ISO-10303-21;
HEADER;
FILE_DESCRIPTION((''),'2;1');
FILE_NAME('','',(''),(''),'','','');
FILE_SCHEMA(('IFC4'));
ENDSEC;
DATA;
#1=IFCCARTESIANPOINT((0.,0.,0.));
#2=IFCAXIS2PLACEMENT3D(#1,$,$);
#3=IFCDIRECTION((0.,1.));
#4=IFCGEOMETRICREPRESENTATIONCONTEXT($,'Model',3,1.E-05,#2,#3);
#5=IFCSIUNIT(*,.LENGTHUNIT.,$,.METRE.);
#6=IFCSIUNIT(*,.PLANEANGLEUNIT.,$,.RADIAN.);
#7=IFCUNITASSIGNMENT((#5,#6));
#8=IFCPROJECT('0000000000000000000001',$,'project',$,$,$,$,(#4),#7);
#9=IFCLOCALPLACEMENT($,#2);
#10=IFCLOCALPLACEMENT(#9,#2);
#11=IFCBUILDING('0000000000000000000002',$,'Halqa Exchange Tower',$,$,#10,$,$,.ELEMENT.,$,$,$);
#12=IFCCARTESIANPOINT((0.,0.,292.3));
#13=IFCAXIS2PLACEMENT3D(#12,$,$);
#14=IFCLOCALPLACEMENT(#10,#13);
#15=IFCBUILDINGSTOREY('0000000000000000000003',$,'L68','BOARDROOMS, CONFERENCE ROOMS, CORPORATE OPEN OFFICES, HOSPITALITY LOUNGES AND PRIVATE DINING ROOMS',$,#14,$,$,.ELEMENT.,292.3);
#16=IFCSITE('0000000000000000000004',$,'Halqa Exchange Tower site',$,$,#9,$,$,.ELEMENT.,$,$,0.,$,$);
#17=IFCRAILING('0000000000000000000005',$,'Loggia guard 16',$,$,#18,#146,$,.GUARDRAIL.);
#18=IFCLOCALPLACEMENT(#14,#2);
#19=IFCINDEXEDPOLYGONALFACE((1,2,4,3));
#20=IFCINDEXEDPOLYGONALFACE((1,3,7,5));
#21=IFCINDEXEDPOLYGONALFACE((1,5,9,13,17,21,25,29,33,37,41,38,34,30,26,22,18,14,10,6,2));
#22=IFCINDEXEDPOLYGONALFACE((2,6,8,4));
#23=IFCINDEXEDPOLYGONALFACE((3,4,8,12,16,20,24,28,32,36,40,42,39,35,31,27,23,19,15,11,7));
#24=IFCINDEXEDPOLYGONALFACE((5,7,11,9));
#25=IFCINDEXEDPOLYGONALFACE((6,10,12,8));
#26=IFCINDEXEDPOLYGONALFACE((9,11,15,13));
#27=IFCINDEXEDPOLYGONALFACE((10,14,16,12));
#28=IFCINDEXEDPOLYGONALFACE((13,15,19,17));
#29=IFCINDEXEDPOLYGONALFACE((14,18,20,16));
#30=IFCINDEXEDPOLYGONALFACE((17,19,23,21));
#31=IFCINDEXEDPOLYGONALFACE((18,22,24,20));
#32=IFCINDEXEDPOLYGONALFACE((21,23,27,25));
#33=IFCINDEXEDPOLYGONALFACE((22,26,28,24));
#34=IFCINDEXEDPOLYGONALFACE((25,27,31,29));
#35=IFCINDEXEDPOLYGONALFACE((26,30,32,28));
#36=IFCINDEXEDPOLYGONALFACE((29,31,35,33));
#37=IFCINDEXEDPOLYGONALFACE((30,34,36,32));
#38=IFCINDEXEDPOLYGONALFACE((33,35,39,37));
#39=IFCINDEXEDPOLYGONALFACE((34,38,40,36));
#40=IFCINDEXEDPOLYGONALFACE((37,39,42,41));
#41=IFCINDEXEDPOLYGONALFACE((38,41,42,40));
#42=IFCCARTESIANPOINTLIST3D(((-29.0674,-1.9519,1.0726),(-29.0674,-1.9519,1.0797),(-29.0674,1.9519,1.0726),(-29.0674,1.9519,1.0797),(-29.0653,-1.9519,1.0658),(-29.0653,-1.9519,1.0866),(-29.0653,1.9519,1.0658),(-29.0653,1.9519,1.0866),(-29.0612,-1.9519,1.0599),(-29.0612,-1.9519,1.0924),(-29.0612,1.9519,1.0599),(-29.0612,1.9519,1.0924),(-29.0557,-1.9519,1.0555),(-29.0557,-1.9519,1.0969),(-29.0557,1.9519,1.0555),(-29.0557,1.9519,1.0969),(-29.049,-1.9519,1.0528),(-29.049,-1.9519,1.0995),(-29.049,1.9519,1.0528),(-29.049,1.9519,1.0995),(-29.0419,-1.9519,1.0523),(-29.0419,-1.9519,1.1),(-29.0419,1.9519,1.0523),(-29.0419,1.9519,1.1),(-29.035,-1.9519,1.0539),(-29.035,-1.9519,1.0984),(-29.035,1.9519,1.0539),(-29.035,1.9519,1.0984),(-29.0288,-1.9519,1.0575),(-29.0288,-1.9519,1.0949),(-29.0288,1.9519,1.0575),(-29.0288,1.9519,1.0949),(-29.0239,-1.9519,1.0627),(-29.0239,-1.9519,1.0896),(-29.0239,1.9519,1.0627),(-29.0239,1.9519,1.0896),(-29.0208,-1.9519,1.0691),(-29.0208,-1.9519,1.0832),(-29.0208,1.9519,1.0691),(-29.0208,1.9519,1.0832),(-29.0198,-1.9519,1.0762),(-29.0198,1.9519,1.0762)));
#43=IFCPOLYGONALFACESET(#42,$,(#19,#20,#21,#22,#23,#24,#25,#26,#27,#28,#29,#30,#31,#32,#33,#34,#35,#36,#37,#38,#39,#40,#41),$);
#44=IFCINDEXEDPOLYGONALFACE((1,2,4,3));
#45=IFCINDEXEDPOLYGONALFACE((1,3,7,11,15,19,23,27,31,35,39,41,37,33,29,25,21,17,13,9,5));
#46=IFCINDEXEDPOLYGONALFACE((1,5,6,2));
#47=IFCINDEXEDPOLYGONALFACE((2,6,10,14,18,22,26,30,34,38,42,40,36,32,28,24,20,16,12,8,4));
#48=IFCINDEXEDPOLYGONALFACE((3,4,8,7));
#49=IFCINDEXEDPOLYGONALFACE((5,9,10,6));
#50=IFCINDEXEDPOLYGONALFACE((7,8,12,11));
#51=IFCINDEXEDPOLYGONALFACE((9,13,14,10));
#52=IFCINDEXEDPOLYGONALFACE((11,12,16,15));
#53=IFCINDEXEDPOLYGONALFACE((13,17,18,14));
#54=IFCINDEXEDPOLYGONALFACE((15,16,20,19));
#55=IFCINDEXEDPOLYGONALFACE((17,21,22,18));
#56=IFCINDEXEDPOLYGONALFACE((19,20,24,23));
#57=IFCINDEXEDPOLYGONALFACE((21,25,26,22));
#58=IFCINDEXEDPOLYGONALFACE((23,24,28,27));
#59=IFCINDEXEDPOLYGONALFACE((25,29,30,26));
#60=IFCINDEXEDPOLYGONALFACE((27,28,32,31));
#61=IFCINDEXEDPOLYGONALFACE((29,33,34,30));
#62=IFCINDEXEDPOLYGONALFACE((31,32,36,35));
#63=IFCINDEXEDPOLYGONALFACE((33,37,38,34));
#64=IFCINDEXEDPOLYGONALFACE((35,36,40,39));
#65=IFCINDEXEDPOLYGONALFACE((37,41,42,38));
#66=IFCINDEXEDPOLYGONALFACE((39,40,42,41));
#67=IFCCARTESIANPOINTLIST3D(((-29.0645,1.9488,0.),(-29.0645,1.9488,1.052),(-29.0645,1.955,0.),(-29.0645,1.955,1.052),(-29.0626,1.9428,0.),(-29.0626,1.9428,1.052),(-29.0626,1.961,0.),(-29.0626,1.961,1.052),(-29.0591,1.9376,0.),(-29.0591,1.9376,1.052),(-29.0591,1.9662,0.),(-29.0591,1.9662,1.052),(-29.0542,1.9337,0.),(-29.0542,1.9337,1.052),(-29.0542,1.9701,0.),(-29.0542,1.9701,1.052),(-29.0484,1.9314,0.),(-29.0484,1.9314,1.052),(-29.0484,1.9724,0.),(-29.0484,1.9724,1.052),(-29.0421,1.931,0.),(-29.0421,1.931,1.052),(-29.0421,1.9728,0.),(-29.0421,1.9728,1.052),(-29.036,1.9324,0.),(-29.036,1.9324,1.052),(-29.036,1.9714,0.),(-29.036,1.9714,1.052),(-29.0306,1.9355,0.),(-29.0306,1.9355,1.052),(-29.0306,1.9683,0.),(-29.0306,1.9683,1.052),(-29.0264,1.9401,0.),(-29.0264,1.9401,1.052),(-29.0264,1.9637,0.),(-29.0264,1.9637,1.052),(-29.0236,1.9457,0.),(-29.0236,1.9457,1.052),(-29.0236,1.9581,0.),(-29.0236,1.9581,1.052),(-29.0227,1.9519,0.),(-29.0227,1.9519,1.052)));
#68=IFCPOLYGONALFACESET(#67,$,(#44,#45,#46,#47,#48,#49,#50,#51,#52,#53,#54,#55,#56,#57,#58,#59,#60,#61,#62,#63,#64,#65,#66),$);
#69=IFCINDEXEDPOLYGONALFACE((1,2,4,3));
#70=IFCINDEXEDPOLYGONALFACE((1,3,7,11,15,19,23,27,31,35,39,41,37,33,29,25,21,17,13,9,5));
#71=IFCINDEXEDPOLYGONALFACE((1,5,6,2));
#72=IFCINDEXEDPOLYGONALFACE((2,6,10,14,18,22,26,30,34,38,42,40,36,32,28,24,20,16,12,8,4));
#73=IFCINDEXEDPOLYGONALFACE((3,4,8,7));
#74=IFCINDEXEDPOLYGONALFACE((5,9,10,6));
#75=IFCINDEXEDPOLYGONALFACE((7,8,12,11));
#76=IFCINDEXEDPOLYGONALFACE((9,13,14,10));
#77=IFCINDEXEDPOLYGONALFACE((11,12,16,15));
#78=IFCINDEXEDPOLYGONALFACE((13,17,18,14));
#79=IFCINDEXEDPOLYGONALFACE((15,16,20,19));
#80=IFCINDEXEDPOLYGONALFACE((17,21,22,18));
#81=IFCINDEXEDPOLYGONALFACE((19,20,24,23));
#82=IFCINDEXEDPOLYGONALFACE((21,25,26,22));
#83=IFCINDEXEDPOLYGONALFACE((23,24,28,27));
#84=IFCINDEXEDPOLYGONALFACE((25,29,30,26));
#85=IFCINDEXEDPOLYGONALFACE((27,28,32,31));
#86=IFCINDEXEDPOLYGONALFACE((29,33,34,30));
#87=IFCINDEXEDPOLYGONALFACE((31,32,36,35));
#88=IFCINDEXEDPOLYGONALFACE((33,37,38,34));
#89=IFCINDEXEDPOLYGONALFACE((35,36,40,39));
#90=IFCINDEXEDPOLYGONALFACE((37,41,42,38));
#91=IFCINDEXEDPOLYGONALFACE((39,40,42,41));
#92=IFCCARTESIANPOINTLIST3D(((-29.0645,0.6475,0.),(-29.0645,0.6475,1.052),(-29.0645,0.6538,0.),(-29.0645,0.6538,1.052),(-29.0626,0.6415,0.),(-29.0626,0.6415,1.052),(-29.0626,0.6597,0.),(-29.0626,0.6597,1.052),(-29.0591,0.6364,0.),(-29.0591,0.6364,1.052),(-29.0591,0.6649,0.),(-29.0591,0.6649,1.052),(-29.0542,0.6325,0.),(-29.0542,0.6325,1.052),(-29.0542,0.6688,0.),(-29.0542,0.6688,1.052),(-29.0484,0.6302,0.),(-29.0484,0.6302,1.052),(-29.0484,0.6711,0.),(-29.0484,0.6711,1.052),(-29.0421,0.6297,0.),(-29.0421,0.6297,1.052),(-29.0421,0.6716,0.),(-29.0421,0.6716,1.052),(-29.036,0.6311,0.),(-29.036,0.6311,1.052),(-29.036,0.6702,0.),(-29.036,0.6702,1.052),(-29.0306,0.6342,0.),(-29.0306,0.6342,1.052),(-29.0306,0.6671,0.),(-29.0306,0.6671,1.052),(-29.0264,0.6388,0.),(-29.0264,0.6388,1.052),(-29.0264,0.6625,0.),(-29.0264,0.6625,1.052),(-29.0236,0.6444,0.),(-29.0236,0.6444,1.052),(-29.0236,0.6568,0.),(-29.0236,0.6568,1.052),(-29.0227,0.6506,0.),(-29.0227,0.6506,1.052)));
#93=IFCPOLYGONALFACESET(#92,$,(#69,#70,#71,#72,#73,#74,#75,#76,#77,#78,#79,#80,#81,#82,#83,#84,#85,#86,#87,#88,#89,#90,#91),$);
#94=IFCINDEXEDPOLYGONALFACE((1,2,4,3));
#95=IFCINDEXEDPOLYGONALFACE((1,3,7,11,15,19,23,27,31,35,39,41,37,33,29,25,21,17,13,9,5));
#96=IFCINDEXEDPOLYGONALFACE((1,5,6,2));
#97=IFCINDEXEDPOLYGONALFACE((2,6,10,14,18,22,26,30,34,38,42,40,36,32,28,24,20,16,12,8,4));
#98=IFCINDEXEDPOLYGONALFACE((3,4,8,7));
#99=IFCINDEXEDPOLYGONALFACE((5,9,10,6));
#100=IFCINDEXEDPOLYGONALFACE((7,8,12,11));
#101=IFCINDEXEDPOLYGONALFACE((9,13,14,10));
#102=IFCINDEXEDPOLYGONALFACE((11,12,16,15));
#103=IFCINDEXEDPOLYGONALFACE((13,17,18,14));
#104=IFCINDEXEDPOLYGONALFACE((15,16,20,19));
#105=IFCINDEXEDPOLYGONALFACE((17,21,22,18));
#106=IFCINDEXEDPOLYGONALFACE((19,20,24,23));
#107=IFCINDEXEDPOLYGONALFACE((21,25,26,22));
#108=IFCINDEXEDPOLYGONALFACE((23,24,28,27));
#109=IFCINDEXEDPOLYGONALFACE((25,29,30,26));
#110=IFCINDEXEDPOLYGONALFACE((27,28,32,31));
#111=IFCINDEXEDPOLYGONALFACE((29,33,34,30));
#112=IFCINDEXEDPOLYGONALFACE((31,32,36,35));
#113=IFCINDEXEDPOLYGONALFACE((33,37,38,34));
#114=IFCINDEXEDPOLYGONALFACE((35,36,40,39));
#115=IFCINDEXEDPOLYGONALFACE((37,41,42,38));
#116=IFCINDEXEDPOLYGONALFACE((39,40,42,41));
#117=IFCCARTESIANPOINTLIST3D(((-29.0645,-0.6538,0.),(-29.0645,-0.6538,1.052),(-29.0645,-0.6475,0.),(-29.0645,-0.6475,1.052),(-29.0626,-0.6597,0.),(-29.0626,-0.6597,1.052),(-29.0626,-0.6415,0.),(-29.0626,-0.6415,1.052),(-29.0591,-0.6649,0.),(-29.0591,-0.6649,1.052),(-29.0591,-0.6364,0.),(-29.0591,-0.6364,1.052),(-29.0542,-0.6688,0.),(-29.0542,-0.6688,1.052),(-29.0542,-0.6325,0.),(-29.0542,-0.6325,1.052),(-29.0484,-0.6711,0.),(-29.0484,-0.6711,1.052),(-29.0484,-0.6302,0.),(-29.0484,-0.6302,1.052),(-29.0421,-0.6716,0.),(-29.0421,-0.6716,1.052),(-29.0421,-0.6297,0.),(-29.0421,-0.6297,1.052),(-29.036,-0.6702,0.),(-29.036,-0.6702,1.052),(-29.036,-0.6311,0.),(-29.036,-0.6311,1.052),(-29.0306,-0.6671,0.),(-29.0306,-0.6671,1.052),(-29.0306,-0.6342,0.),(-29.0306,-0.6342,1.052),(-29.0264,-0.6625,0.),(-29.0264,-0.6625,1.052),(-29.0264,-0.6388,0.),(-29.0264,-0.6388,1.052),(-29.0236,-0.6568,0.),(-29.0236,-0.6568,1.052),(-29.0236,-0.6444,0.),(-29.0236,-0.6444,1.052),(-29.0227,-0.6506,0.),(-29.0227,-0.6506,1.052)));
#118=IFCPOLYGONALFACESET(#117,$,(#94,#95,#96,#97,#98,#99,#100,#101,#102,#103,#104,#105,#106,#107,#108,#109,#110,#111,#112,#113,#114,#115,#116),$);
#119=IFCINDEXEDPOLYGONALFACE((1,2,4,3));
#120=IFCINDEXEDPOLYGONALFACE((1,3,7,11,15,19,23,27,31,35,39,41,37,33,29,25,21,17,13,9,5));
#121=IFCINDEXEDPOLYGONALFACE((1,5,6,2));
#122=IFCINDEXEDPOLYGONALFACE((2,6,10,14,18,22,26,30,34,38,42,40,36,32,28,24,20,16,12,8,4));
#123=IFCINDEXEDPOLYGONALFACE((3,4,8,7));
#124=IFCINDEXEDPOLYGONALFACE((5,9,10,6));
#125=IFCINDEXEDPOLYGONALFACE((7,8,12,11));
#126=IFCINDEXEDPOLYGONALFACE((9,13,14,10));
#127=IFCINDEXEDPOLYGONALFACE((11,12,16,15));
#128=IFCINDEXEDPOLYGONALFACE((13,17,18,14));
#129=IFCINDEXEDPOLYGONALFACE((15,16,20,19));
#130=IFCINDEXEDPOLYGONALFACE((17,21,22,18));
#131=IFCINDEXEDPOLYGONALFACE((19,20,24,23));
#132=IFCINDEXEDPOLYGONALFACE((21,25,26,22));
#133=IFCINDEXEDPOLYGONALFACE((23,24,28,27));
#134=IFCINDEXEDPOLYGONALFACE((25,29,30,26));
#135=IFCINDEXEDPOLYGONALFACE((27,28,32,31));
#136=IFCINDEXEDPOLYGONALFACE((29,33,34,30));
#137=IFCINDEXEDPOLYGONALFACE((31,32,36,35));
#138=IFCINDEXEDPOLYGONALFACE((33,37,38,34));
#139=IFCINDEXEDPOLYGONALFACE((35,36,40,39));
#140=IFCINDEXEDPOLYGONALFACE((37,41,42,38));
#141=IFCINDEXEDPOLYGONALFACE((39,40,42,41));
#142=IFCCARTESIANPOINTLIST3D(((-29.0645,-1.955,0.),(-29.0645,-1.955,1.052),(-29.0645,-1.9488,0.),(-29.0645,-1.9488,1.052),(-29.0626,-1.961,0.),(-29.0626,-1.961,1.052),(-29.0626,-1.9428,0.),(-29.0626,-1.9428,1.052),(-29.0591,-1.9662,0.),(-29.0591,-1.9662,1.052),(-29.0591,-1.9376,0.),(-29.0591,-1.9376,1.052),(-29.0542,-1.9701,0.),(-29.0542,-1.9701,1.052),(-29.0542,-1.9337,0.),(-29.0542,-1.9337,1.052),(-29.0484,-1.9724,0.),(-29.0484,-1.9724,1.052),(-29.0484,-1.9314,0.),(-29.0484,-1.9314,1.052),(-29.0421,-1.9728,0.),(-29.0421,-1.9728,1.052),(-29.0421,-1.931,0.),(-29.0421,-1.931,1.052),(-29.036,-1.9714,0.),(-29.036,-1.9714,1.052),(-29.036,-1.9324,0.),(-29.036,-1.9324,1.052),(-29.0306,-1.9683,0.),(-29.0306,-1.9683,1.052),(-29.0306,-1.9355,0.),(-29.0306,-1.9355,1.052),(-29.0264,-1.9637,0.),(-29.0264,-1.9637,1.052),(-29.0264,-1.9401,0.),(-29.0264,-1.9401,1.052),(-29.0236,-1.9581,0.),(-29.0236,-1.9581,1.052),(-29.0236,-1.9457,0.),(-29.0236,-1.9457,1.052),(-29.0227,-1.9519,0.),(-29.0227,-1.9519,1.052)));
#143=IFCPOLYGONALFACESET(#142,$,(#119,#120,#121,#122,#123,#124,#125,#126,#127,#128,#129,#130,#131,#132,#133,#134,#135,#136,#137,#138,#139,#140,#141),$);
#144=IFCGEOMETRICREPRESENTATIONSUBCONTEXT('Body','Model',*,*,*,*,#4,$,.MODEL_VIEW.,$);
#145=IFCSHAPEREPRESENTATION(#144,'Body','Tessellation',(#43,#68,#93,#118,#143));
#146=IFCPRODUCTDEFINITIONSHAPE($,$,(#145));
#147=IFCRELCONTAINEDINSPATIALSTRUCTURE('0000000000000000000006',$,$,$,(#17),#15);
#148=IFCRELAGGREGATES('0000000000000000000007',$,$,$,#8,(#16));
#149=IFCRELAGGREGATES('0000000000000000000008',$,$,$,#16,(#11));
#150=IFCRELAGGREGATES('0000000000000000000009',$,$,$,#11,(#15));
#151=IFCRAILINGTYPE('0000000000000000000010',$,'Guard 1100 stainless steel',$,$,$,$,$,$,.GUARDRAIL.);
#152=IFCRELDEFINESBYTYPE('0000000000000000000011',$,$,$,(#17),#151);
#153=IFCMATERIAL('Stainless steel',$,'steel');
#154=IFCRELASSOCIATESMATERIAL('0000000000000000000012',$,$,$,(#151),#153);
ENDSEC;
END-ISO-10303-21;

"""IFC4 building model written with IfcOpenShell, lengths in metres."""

from ifc_helpers import new_model, si_unit, direction, frame, origin, origin_2d, place, context, subcontext, project, spatial, circle, extrude, material, type_object, element, save


model = new_model("IFC4")

# Units and contexts
model_context = context("Model", 3, precision=1e-05, world=origin(), true_north=direction((0.0, 1.0)))
body_context = subcontext(model_context, "Body", "Model", "MODEL_VIEW")
ifc_project = project(units=[si_unit("LENGTHUNIT", "METRE"), si_unit("PLANEANGLEUNIT", "RADIAN")], contexts=[model_context])

# Site, building, storey
site_placement = place(None, origin())
site = spatial("IfcSite", under=ifc_project, at=site_placement, Name="Halqa Exchange Tower site", CompositionType="ELEMENT", RefElevation=0.0)
building_placement = place(site_placement, origin())
building = spatial("IfcBuilding", under=site, at=building_placement, Name="Halqa Exchange Tower", CompositionType="ELEMENT")
storey_placement = place(building_placement, frame((0.0, 0.0, 292.3)))
storey = spatial("IfcBuildingStorey", under=building, at=storey_placement, Name="L68", Description="BOARDROOMS, CONFERENCE ROOMS, CORPORATE OPEN OFFICES, HOSPITALITY LOUNGES AND PRIVATE DINING ROOMS", CompositionType="ELEMENT", Elevation=292.3)

# Railing
ifc_material_1 = material(Name="Stainless steel", Category="steel")
railing_type = type_object("IfcRailingType", Name="Guard 1100 stainless steel", PredefinedType="GUARDRAIL", material=ifc_material_1)
railing_1_placement = place(storey_placement, frame((-29.0437, 1.9519, 0.0)))
element("IfcRailing", 1, at=railing_1_placement, inside=storey, type_object=railing_type, Name="Loggia guard 16", PredefinedType="GUARDRAIL", context=body_context, shape_type="SweptSolid", body=[
    extrude(circle(Radius=0.0239, at=origin_2d()), frame((0.0, 0.0, 1.0762), z_axis=(0.0, -1.0, 0.0), x_axis=(1.0, 0.0, 0.0)), (0.0, 0.0, 1.0), 3.9038),
    extrude(circle(Radius=0.021, at=origin_2d()), origin(), (0.0, 0.0, 1.0), 1.052),
    extrude(circle(Radius=0.021, at=origin_2d()), frame((0.0, -1.3013, 0.0)), (0.0, 0.0, 1.0), 1.052),
    extrude(circle(Radius=0.021, at=origin_2d()), frame((0.0, -2.6025, 0.0)), (0.0, 0.0, 1.0), 1.052),
    extrude(circle(Radius=0.021, at=origin_2d()), frame((0.0, -3.9038, 0.0)), (0.0, 0.0, 1.0), 1.052),
])

save(model, "model.ifc")
